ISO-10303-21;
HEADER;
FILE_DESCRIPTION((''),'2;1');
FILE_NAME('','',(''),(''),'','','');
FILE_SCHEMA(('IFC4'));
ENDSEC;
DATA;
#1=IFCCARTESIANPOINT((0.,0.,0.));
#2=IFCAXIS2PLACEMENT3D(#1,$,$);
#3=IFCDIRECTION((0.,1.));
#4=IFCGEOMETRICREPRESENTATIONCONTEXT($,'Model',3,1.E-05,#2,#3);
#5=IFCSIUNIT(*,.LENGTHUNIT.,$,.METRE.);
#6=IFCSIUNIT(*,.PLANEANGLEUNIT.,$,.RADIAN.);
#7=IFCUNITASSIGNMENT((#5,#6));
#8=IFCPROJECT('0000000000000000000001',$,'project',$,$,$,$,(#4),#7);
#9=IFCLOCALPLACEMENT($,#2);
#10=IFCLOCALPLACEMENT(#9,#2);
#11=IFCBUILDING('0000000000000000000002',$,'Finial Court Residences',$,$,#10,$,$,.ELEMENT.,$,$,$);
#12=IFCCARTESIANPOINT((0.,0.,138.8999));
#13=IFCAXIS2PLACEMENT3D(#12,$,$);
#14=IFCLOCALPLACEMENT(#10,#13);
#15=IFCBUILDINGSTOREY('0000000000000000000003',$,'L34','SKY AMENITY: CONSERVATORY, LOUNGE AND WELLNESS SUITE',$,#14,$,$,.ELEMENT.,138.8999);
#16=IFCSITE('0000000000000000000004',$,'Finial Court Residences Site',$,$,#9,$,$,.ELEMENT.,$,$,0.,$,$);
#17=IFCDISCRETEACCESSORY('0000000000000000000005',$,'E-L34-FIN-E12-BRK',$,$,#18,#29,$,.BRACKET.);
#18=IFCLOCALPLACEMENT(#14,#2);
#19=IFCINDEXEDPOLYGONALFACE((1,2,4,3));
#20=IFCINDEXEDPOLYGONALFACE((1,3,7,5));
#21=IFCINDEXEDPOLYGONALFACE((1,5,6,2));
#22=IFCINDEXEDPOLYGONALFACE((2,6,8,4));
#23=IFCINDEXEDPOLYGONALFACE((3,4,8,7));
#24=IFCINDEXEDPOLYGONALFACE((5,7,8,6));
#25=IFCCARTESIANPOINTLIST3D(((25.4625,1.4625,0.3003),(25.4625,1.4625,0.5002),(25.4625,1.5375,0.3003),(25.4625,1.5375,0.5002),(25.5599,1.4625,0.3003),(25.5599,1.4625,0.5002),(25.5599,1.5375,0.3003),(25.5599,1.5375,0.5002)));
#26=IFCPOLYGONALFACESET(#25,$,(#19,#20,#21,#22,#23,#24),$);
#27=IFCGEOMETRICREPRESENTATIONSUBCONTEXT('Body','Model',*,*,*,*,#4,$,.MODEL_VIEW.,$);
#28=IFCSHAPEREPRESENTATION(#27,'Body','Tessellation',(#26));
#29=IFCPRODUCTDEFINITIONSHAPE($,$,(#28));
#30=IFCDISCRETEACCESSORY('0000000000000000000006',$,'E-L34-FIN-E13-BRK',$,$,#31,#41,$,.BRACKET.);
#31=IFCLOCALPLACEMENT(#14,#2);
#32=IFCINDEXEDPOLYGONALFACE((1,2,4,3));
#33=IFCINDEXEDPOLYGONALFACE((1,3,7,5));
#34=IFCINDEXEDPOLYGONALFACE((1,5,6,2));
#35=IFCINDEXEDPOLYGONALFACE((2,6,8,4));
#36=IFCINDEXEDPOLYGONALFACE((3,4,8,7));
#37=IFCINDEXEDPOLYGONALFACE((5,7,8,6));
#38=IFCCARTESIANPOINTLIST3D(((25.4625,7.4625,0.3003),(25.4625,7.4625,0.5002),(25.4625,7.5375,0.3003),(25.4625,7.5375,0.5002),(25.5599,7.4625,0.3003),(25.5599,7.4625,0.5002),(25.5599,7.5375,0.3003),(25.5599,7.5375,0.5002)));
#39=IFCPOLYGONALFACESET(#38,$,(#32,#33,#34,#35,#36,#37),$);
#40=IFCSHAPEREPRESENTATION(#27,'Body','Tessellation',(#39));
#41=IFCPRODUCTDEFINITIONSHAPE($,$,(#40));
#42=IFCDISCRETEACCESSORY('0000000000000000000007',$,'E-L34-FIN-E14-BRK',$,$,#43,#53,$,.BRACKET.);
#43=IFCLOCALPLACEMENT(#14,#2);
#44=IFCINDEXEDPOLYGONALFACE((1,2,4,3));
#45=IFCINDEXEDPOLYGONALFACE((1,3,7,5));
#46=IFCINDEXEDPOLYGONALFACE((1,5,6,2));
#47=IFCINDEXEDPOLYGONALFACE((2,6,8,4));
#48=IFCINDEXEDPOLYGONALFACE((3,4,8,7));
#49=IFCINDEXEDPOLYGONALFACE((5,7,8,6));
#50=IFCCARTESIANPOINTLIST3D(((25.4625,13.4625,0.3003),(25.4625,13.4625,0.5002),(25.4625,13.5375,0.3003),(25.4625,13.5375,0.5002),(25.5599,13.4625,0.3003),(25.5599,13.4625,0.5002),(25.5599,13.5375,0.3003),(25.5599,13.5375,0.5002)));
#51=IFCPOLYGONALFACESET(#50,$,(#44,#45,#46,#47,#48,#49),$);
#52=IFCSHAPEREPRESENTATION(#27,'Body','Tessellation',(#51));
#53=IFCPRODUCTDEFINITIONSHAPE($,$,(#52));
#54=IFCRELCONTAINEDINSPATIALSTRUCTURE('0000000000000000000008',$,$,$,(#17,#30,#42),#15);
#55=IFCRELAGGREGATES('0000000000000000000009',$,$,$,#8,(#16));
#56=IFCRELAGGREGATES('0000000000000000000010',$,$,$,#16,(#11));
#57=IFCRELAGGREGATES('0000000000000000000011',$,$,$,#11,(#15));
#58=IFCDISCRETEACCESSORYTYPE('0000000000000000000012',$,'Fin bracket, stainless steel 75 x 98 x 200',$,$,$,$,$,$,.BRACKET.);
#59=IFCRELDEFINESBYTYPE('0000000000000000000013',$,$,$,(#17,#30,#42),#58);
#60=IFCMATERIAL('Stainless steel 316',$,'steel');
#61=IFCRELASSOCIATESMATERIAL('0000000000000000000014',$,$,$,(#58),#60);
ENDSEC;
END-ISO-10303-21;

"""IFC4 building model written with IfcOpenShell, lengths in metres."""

from ifc_helpers import new_model, si_unit, direction, frame, origin, origin_2d, place, context, subcontext, project, spatial, rectangle, extrude, material, type_object, element, save


model = new_model("IFC4")

# Units and contexts
model_context = context("Model", 3, precision=1e-05, world=origin(), true_north=direction((0.0, 1.0)))
body_context = subcontext(model_context, "Body", "Model", "MODEL_VIEW")
ifc_project = project(units=[si_unit("LENGTHUNIT", "METRE"), si_unit("PLANEANGLEUNIT", "RADIAN")], contexts=[model_context])

# Site, building, storey
site_placement = place(None, origin())
site = spatial("IfcSite", under=ifc_project, at=site_placement, Name="Finial Court Residences Site", CompositionType="ELEMENT", RefElevation=0.0)
building_placement = place(site_placement, origin())
building = spatial("IfcBuilding", under=site, at=building_placement, Name="Finial Court Residences", CompositionType="ELEMENT")
storey_placement = place(building_placement, frame((0.0, 0.0, 138.8999)))
storey = spatial("IfcBuildingStorey", under=building, at=storey_placement, Name="L34", Description="SKY AMENITY: CONSERVATORY, LOUNGE AND WELLNESS SUITE", CompositionType="ELEMENT", Elevation=138.8999)

# Discrete accessories
ifc_material_1 = material(Name="Stainless steel 316", Category="steel")
discrete_accessory_type = type_object("IfcDiscreteAccessoryType", Name="Fin bracket, stainless steel 75 x 98 x 200", PredefinedType="BRACKET", material=ifc_material_1)
for number, where, z_axis, x_axis, name in (
    (1, (25.5112, 1.5, 0.3003), (0.0, 0.0, 1.0), (1.0, 0.0, 0.0), "E-L34-FIN-E12-BRK"),
    (2, (25.5112, 7.5, 0.3003), (0.0, 0.0, 1.0), (1.0, 0.0, 0.0), "E-L34-FIN-E13-BRK"),
    (3, (25.5112, 13.5, 0.3003), (0.0, 0.0, 1.0), (1.0, 0.0, 0.0), "E-L34-FIN-E14-BRK"),
):
    element("IfcDiscreteAccessory", number, at=place(storey_placement, frame(where, z_axis=z_axis, x_axis=x_axis)), inside=storey, type_object=discrete_accessory_type, Name=name, PredefinedType="BRACKET", context=body_context, shape_type="SweptSolid", body=[
        extrude(rectangle(XDim=0.0974, YDim=0.075, at=origin_2d()), origin(), (0.0, 0.0, 1.0), 0.2),
    ])

save(model, "model.ifc")
